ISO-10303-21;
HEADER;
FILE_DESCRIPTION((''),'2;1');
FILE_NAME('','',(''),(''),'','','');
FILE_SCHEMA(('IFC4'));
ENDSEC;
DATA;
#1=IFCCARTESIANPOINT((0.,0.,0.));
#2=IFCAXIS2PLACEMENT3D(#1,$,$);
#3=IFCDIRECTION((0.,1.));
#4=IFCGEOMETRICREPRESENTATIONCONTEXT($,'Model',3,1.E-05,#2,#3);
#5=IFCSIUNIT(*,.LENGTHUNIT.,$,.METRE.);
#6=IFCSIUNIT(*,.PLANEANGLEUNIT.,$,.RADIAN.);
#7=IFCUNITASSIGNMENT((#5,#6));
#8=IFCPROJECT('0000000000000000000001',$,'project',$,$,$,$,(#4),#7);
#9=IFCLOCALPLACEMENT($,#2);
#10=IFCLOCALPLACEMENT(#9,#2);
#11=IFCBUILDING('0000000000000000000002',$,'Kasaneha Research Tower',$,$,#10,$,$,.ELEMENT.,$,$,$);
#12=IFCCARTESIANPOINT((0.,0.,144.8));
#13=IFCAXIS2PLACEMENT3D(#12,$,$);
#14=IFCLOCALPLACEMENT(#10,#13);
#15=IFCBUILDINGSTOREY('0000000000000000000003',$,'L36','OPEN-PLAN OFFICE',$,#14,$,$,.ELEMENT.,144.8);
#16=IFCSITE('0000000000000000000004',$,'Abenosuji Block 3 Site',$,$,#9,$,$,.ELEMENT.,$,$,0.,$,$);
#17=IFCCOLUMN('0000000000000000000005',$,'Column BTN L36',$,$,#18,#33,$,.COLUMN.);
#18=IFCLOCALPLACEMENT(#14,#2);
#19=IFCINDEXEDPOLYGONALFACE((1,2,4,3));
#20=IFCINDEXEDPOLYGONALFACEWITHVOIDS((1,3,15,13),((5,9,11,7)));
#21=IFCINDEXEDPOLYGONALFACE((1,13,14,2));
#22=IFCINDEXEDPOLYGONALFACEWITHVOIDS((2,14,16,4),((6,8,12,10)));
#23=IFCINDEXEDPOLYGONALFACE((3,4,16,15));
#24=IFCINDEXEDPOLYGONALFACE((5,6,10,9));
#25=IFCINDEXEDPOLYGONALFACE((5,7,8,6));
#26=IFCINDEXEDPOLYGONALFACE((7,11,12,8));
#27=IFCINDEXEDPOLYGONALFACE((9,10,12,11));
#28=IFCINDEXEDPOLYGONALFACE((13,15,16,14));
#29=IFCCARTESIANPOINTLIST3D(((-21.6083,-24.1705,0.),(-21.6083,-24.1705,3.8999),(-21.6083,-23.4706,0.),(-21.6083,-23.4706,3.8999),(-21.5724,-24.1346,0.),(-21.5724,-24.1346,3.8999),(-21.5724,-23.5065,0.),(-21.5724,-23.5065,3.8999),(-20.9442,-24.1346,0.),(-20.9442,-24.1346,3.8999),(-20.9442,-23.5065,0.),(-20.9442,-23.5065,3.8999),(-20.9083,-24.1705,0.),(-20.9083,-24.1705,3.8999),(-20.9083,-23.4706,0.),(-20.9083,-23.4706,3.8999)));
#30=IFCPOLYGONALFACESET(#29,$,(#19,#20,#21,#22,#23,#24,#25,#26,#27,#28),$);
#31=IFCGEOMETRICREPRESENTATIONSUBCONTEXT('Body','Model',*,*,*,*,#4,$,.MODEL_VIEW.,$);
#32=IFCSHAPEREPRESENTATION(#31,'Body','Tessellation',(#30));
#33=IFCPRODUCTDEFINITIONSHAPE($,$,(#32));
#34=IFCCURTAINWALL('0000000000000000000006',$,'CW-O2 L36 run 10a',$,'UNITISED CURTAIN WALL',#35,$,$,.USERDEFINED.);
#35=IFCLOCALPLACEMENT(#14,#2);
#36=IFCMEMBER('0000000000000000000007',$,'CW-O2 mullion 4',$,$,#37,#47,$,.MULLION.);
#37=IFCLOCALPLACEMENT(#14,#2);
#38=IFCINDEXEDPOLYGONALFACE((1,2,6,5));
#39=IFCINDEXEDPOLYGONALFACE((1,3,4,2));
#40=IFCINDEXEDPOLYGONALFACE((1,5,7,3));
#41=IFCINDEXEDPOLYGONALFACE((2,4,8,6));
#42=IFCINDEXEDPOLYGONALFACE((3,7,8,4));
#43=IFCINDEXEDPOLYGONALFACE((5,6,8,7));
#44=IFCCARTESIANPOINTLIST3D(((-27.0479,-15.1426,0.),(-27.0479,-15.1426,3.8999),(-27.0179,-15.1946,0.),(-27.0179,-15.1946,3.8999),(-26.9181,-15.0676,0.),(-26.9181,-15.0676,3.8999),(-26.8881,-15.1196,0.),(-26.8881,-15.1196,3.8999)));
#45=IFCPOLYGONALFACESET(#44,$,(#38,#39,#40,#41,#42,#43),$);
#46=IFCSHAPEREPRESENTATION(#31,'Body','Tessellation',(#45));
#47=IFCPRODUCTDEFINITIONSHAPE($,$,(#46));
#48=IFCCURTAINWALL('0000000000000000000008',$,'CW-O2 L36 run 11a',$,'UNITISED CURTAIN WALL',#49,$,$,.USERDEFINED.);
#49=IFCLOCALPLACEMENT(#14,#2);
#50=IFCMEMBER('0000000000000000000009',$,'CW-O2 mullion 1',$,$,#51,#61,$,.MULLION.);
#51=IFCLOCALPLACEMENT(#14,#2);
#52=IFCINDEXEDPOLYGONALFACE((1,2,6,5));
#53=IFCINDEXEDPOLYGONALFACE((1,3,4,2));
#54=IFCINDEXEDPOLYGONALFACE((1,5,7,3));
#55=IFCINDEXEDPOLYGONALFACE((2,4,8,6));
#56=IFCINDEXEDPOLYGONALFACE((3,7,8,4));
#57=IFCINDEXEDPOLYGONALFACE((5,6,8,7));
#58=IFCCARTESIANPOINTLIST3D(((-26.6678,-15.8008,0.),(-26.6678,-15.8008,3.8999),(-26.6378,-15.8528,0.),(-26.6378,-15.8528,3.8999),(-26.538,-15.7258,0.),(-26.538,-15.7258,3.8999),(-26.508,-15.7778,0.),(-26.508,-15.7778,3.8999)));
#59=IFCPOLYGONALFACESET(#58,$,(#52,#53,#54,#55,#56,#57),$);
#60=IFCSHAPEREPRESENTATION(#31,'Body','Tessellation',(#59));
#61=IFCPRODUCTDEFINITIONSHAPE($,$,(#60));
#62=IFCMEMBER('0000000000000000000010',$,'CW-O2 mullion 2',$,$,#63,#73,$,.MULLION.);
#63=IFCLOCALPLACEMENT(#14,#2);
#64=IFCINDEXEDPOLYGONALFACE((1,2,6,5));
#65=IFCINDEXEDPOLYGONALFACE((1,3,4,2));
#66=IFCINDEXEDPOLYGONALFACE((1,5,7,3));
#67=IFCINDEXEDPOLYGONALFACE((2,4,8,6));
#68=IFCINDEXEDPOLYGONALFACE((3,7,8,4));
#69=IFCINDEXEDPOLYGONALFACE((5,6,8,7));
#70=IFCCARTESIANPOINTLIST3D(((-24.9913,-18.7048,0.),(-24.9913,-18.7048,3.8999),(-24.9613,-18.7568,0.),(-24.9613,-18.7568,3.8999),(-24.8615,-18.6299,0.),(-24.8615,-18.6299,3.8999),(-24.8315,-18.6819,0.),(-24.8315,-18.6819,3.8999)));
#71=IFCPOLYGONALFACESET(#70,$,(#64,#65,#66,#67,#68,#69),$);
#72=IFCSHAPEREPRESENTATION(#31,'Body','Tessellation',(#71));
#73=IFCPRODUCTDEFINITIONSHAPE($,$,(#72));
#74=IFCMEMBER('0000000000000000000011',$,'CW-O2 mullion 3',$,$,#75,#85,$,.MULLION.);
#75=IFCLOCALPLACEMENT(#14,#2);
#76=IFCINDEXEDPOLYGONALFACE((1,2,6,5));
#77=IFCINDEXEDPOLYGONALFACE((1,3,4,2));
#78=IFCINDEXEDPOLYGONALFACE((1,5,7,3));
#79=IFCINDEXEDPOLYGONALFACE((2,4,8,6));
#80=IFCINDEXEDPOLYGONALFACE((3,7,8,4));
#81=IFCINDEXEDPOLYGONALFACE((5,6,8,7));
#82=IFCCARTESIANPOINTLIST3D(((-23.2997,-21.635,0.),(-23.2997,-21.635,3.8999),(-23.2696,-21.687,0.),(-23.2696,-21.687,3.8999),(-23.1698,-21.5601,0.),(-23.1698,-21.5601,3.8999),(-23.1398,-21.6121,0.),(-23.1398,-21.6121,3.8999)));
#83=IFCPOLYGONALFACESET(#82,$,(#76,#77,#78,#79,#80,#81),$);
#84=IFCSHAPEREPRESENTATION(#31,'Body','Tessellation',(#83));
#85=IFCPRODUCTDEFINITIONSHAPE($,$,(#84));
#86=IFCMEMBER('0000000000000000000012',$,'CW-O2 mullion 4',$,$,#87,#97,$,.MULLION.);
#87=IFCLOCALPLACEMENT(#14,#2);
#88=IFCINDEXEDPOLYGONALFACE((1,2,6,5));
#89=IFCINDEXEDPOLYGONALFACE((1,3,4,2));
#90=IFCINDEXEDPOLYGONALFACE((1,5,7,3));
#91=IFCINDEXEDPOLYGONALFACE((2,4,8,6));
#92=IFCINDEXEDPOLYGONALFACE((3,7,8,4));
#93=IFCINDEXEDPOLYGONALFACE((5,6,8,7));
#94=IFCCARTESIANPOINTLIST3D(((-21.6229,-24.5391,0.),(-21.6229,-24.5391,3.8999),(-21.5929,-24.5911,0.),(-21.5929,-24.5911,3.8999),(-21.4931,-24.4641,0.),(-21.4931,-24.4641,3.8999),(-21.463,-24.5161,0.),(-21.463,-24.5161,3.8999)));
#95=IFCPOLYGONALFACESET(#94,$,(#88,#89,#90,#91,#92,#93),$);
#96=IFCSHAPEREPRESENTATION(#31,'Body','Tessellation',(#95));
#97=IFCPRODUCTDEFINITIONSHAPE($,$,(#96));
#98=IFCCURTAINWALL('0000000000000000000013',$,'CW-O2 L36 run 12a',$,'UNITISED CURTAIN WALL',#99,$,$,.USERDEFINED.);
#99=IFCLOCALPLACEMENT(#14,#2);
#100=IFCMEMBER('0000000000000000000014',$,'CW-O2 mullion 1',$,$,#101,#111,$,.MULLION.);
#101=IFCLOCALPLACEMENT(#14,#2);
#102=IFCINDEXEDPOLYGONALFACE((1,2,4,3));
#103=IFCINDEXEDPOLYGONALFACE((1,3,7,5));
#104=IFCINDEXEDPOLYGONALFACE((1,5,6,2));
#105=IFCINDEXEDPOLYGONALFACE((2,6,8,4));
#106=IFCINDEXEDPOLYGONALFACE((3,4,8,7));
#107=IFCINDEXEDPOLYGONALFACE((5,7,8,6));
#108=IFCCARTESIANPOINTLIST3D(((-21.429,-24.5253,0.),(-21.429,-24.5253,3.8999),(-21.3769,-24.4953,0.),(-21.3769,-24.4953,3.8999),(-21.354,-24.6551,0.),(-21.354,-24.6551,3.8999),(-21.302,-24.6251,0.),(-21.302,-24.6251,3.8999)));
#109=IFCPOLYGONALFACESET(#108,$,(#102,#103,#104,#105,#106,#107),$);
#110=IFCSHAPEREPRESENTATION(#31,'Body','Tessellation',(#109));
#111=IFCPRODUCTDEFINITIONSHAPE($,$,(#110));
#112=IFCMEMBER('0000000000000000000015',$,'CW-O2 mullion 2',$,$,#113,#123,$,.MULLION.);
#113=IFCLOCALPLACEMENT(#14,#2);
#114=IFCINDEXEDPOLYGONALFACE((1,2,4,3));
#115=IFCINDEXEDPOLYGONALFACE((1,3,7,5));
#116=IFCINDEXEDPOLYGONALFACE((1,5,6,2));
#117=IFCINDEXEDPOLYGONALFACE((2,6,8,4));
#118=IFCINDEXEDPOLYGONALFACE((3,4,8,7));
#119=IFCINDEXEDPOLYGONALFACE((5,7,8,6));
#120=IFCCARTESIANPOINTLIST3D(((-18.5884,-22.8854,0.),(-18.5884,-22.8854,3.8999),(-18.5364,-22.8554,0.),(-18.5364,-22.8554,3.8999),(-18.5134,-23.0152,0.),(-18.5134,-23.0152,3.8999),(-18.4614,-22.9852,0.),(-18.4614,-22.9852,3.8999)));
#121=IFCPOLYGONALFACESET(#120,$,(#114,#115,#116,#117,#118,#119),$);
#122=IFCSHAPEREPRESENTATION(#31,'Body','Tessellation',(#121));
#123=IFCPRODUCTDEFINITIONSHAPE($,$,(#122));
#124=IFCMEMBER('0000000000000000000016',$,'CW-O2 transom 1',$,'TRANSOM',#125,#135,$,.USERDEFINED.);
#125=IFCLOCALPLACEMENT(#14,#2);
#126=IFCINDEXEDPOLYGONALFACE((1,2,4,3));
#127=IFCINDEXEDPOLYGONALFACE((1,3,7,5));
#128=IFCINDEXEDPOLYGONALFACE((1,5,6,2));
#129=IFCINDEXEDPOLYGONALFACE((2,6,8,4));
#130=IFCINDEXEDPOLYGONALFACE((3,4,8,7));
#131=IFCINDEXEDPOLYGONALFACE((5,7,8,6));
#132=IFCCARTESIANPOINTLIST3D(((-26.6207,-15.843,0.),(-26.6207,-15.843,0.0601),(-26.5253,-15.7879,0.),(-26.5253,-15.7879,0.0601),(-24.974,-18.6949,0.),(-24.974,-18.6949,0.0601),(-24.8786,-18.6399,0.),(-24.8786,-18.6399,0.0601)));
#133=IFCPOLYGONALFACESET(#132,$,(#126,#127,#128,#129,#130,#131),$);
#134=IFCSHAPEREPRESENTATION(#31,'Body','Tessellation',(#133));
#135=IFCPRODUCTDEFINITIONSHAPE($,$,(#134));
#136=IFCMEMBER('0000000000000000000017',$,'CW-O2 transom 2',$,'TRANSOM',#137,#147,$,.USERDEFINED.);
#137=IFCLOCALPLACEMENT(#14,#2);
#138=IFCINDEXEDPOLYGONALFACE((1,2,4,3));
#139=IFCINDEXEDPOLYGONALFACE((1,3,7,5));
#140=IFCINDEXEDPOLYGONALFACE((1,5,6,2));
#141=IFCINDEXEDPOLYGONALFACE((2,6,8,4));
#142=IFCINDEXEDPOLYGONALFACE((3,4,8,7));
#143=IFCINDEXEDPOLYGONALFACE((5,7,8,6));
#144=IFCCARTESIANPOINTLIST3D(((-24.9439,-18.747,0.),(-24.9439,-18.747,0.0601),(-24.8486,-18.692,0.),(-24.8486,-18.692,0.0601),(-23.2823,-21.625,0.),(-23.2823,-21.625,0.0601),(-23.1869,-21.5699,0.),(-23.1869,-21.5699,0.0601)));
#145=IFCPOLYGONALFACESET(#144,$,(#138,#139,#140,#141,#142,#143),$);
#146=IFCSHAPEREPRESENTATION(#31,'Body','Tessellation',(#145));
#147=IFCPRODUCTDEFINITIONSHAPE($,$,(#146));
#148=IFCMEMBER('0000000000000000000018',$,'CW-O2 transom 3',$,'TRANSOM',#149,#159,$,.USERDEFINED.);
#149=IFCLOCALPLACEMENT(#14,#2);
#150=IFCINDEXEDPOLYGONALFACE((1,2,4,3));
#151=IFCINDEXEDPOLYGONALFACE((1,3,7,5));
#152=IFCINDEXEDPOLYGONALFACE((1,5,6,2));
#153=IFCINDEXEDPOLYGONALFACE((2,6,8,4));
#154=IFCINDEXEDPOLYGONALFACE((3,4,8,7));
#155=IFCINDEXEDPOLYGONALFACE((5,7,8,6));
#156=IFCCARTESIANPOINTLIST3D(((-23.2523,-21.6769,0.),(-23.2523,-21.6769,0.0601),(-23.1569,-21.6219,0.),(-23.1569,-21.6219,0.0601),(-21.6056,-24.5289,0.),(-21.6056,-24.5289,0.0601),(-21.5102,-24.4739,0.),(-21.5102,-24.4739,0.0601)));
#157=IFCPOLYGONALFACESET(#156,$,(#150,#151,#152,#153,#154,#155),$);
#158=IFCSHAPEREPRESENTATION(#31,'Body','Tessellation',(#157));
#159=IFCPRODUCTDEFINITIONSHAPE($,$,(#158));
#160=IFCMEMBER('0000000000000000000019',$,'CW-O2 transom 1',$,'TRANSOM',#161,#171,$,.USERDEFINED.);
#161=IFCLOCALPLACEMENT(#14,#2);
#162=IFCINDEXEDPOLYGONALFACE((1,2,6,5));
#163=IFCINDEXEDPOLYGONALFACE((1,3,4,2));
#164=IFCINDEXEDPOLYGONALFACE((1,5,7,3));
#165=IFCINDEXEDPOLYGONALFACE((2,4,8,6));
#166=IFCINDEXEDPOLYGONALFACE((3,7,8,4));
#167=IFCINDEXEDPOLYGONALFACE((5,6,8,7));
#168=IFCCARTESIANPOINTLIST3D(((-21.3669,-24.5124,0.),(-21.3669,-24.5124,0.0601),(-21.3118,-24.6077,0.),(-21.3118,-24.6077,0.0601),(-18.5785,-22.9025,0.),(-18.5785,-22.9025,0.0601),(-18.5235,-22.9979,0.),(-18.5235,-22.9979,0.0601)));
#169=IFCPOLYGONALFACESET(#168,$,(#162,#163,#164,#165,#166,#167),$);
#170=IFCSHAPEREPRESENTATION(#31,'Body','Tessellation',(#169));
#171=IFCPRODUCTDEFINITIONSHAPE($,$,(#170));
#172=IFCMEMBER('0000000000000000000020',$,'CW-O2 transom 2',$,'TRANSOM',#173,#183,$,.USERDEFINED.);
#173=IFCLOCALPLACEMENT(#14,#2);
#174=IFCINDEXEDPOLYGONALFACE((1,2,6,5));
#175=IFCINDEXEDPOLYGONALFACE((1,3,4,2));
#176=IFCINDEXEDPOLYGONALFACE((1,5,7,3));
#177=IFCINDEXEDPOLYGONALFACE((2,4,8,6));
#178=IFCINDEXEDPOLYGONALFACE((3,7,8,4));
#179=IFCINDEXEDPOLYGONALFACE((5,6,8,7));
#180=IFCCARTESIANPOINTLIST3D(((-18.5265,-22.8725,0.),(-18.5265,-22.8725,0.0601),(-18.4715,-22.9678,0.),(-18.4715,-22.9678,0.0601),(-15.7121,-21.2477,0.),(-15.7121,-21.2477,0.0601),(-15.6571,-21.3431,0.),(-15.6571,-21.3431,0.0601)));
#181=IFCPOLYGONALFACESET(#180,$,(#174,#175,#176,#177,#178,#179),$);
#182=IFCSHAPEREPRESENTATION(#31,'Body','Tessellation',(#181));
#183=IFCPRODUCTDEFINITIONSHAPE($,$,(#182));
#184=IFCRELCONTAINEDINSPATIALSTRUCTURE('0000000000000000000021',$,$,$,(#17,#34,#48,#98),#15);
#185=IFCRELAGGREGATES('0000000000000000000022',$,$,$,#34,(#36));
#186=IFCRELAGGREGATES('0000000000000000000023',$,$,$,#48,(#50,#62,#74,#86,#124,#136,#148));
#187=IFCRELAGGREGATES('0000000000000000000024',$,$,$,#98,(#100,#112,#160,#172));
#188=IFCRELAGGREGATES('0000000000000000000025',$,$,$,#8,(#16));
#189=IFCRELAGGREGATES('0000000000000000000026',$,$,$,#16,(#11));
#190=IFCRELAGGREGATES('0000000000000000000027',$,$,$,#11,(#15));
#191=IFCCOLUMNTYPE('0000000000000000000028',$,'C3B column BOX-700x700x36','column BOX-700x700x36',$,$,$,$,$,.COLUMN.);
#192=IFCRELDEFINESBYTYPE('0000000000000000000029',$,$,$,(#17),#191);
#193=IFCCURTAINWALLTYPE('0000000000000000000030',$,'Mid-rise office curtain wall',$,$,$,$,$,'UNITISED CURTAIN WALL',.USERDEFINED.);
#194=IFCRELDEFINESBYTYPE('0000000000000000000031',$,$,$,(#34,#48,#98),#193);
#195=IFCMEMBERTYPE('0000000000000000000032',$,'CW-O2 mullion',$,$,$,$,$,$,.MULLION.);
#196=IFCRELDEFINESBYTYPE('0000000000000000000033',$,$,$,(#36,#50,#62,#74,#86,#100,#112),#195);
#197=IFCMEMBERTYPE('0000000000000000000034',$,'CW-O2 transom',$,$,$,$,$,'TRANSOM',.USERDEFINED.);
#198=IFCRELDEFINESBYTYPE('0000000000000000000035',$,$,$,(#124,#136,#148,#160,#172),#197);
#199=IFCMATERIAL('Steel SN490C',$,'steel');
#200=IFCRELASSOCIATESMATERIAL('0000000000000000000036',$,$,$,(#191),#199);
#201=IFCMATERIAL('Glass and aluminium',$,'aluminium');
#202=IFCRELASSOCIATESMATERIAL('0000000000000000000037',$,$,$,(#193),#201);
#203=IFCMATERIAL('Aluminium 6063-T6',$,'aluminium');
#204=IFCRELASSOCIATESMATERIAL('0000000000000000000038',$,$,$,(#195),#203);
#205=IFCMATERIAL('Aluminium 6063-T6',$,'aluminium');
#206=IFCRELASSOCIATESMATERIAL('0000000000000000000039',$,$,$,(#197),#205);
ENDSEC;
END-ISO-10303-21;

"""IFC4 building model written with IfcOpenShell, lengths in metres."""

from ifc_helpers import new_model, si_unit, direction, frame, origin, origin_2d, place, context, subcontext, project, spatial, rectangle, hollow_rectangle, extrude, material, material_profile, profile_set, type_object, element, aggregate, save


model = new_model("IFC4")

# Units and contexts
model_context = context("Model", 3, precision=1e-05, world=origin(), true_north=direction((0.0, 1.0)))
body_context = subcontext(model_context, "Body", "Model", "MODEL_VIEW")
ifc_project = project(units=[si_unit("LENGTHUNIT", "METRE"), si_unit("PLANEANGLEUNIT", "RADIAN")], contexts=[model_context])

# Site, building, storey
site_placement = place(None, origin())
site = spatial("IfcSite", under=ifc_project, at=site_placement, Name="Abenosuji Block 3 Site", CompositionType="ELEMENT", RefElevation=0.0)
building_placement = place(site_placement, origin())
building = spatial("IfcBuilding", under=site, at=building_placement, Name="Kasaneha Research Tower", CompositionType="ELEMENT")
storey_placement = place(building_placement, frame((0.0, 0.0, 144.8)))
storey = spatial("IfcBuildingStorey", under=building, at=storey_placement, Name="L36", Description="OPEN-PLAN OFFICE", CompositionType="ELEMENT", Elevation=144.8)

# Column
ifc_material_1 = material(Name="Steel SN490C", Category="steel")
ifc_material_profile_1 = material_profile(ifc_material_1, hollow_rectangle(XDim=0.7, YDim=0.7, WallThickness=0.0359, at=origin_2d()), Name="BOX-700x700x36")
ifc_profile_set_1 = profile_set([ifc_material_profile_1], Name="Steel SN490C")
column_type = type_object("IfcColumnType", Name="C3B column BOX-700x700x36", Description="column BOX-700x700x36", PredefinedType="COLUMN", material=ifc_profile_set_1)
column_placement = place(storey_placement, frame((-21.2583, -23.8206, 0.0), z_axis=(0.0, 0.0, 1.0), x_axis=(1.0, 0.0, 0.0)))
element("IfcColumn", 1, at=column_placement, inside=storey, type_object=column_type, Name="Column BTN L36", PredefinedType="COLUMN", context=body_context, shape_type="SweptSolid", body=[
    extrude(hollow_rectangle(XDim=0.7, YDim=0.7, WallThickness=0.0359, at=origin_2d()), origin(), (0.0, 0.0, 1.0), 3.8999),
])

# Curtain wall, member
ifc_material_2 = material(Name="Glass and aluminium", Category="aluminium")
curtain_wall_type = type_object("IfcCurtainWallType", Name="Mid-rise office curtain wall", ElementType="UNITISED CURTAIN WALL", PredefinedType="USERDEFINED", material=ifc_material_2)
curtain_wall_1_placement = place(storey_placement, origin())
curtain_wall_1 = element("IfcCurtainWall", 2, at=curtain_wall_1_placement, inside=storey, type_object=curtain_wall_type, Name="CW-O2 L36 run 10a", ObjectType="UNITISED CURTAIN WALL", PredefinedType="USERDEFINED")
ifc_material_3 = material(Name="Aluminium 6063-T6", Category="aluminium")
ifc_material_profile_2 = material_profile(ifc_material_3, rectangle(XDim=0.0601, YDim=0.1499, at=origin_2d()), Name="CW-O2 mullion 60x150")
ifc_profile_set_2 = profile_set([ifc_material_profile_2], Name="Aluminium 6063-T6")
member_type_1 = type_object("IfcMemberType", Name="CW-O2 mullion", PredefinedType="MULLION", material=ifc_profile_set_2)
member_1_placement = place(storey_placement, frame((-26.968, -15.1311, 0.0), z_axis=(0.0, 0.0, 1.0), x_axis=(0.5, -0.866025, 0.0)))
member_1 = element("IfcMember", 3, at=member_1_placement, type_object=member_type_1, Name="CW-O2 mullion 4", PredefinedType="MULLION", context=body_context, shape_type="SweptSolid", body=[
    extrude(rectangle(XDim=0.0601, YDim=0.1499, at=origin_2d()), origin(), (0.0, 0.0, 1.0), 3.8999),
])

# Curtain walls, members
curtain_wall_2_placement = place(storey_placement, origin())
curtain_wall_2 = element("IfcCurtainWall", 4, at=curtain_wall_2_placement, inside=storey, type_object=curtain_wall_type, Name="CW-O2 L36 run 11a", ObjectType="UNITISED CURTAIN WALL", PredefinedType="USERDEFINED")
member_2_placement = place(storey_placement, frame((-26.5879, -15.7893, 0.0), z_axis=(0.0, 0.0, 1.0), x_axis=(0.5, -0.866025, 0.0)))
member_2 = element("IfcMember", 5, at=member_2_placement, type_object=member_type_1, Name="CW-O2 mullion 1", PredefinedType="MULLION", context=body_context, shape_type="SweptSolid", body=[
    extrude(rectangle(XDim=0.0601, YDim=0.1499, at=origin_2d()), origin(), (0.0, 0.0, 1.0), 3.8999),
])
member_3_placement = place(storey_placement, frame((-24.9114, -18.6934, 0.0), z_axis=(0.0, 0.0, 1.0), x_axis=(0.5, -0.866025, 0.0)))
member_3 = element("IfcMember", 6, at=member_3_placement, type_object=member_type_1, Name="CW-O2 mullion 2", PredefinedType="MULLION", context=body_context, shape_type="SweptSolid", body=[
    extrude(rectangle(XDim=0.0601, YDim=0.1499, at=origin_2d()), origin(), (0.0, 0.0, 1.0), 3.8999),
])
member_4_placement = place(storey_placement, frame((-23.2197, -21.6235, 0.0), z_axis=(0.0, 0.0, 1.0), x_axis=(0.5, -0.866025, 0.0)))
member_4 = element("IfcMember", 7, at=member_4_placement, type_object=member_type_1, Name="CW-O2 mullion 3", PredefinedType="MULLION", context=body_context, shape_type="SweptSolid", body=[
    extrude(rectangle(XDim=0.0601, YDim=0.1499, at=origin_2d()), origin(), (0.0, 0.0, 1.0), 3.8999),
])
member_5_placement = place(storey_placement, frame((-21.543, -24.5276, 0.0), z_axis=(0.0, 0.0, 1.0), x_axis=(0.5, -0.866025, 0.0)))
member_5 = element("IfcMember", 8, at=member_5_placement, type_object=member_type_1, Name="CW-O2 mullion 4", PredefinedType="MULLION", context=body_context, shape_type="SweptSolid", body=[
    extrude(rectangle(XDim=0.0601, YDim=0.1499, at=origin_2d()), origin(), (0.0, 0.0, 1.0), 3.8999),
])
curtain_wall_3_placement = place(storey_placement, origin())
curtain_wall_3 = element("IfcCurtainWall", 9, at=curtain_wall_3_placement, inside=storey, type_object=curtain_wall_type, Name="CW-O2 L36 run 12a", ObjectType="UNITISED CURTAIN WALL", PredefinedType="USERDEFINED")
member_6_placement = place(storey_placement, frame((-21.3655, -24.5752, 0.0), z_axis=(0.0, 0.0, 1.0), x_axis=(0.866025, 0.5, 0.0)))
member_6 = element("IfcMember", 10, at=member_6_placement, type_object=member_type_1, Name="CW-O2 mullion 1", PredefinedType="MULLION", context=body_context, shape_type="SweptSolid", body=[
    extrude(rectangle(XDim=0.0601, YDim=0.1499, at=origin_2d()), origin(), (0.0, 0.0, 1.0), 3.8999),
])
member_7_placement = place(storey_placement, frame((-18.5249, -22.9353, 0.0), z_axis=(0.0, 0.0, 1.0), x_axis=(0.866025, 0.5, 0.0)))
member_7 = element("IfcMember", 11, at=member_7_placement, type_object=member_type_1, Name="CW-O2 mullion 2", PredefinedType="MULLION", context=body_context, shape_type="SweptSolid", body=[
    extrude(rectangle(XDim=0.0601, YDim=0.1499, at=origin_2d()), origin(), (0.0, 0.0, 1.0), 3.8999),
])

# Members
ifc_material_4 = material(Name="Aluminium 6063-T6", Category="aluminium")
ifc_material_profile_3 = material_profile(ifc_material_4, rectangle(XDim=0.1101, YDim=0.0601, at=origin_2d()), Name="CW-O2 transom 110x60")
ifc_profile_set_3 = profile_set([ifc_material_profile_3], Name="Aluminium 6063-T6")
member_type_2 = type_object("IfcMemberType", Name="CW-O2 transom", ElementType="TRANSOM", PredefinedType="USERDEFINED", material=ifc_profile_set_3)
member_8_placement = place(storey_placement, frame((-26.573, -15.8154, 0.03), z_axis=(0.500022, -0.866013, 0.0), x_axis=(0.866013, 0.500022, 0.0)))
member_8 = element("IfcMember", 12, at=member_8_placement, type_object=member_type_2, Name="CW-O2 transom 1", ObjectType="TRANSOM", PredefinedType="USERDEFINED", context=body_context, shape_type="SweptSolid", body=[
    extrude(rectangle(XDim=0.1101, YDim=0.0601, at=origin_2d()), origin(), (0.0, 0.0, 1.0), 3.2932),
])
member_9_placement = place(storey_placement, frame((-24.8962, -18.7195, 0.03), z_axis=(0.500011, -0.866019, 0.0), x_axis=(0.866019, 0.500011, 0.0)))
member_9 = element("IfcMember", 13, at=member_9_placement, type_object=member_type_2, Name="CW-O2 transom 2", ObjectType="TRANSOM", PredefinedType="USERDEFINED", context=body_context, shape_type="SweptSolid", body=[
    extrude(rectangle(XDim=0.1101, YDim=0.0601, at=origin_2d()), origin(), (0.0, 0.0, 1.0), 3.3232),
])
member_10_placement = place(storey_placement, frame((-23.2046, -21.6494, 0.03), z_axis=(0.500022, -0.866013, 0.0), x_axis=(0.866013, 0.500022, 0.0)))
member_10 = element("IfcMember", 14, at=member_10_placement, type_object=member_type_2, Name="CW-O2 transom 3", ObjectType="TRANSOM", PredefinedType="USERDEFINED", context=body_context, shape_type="SweptSolid", body=[
    extrude(rectangle(XDim=0.1101, YDim=0.0601, at=origin_2d()), origin(), (0.0, 0.0, 1.0), 3.2932),
])
member_11_placement = place(storey_placement, frame((-21.3394, -24.5601, 0.03), z_axis=(0.866023, 0.500005, 0.0), x_axis=(-0.500005, 0.866023, 0.0)))
member_11 = element("IfcMember", 15, at=member_11_placement, type_object=member_type_2, Name="CW-O2 transom 1", ObjectType="TRANSOM", PredefinedType="USERDEFINED", context=body_context, shape_type="SweptSolid", body=[
    extrude(rectangle(XDim=0.1101, YDim=0.0601, at=origin_2d()), origin(), (0.0, 0.0, 1.0), 3.2197),
])
member_12_placement = place(storey_placement, frame((-18.499, -22.9202, 0.03), z_axis=(0.866048, 0.499961, 0.0), x_axis=(-0.499961, 0.866048, 0.0)))
member_12 = element("IfcMember", 16, at=member_12_placement, type_object=member_type_2, Name="CW-O2 transom 2", ObjectType="TRANSOM", PredefinedType="USERDEFINED", context=body_context, shape_type="SweptSolid", body=[
    extrude(rectangle(XDim=0.1101, YDim=0.0601, at=origin_2d()), origin(), (0.0, 0.0, 1.0), 3.2498),
])

aggregate(curtain_wall_1, [member_1])
aggregate(curtain_wall_2, [member_2, member_3, member_4, member_5, member_8, member_9, member_10])
aggregate(curtain_wall_3, [member_6, member_7, member_11, member_12])

save(model, "model.ifc")
